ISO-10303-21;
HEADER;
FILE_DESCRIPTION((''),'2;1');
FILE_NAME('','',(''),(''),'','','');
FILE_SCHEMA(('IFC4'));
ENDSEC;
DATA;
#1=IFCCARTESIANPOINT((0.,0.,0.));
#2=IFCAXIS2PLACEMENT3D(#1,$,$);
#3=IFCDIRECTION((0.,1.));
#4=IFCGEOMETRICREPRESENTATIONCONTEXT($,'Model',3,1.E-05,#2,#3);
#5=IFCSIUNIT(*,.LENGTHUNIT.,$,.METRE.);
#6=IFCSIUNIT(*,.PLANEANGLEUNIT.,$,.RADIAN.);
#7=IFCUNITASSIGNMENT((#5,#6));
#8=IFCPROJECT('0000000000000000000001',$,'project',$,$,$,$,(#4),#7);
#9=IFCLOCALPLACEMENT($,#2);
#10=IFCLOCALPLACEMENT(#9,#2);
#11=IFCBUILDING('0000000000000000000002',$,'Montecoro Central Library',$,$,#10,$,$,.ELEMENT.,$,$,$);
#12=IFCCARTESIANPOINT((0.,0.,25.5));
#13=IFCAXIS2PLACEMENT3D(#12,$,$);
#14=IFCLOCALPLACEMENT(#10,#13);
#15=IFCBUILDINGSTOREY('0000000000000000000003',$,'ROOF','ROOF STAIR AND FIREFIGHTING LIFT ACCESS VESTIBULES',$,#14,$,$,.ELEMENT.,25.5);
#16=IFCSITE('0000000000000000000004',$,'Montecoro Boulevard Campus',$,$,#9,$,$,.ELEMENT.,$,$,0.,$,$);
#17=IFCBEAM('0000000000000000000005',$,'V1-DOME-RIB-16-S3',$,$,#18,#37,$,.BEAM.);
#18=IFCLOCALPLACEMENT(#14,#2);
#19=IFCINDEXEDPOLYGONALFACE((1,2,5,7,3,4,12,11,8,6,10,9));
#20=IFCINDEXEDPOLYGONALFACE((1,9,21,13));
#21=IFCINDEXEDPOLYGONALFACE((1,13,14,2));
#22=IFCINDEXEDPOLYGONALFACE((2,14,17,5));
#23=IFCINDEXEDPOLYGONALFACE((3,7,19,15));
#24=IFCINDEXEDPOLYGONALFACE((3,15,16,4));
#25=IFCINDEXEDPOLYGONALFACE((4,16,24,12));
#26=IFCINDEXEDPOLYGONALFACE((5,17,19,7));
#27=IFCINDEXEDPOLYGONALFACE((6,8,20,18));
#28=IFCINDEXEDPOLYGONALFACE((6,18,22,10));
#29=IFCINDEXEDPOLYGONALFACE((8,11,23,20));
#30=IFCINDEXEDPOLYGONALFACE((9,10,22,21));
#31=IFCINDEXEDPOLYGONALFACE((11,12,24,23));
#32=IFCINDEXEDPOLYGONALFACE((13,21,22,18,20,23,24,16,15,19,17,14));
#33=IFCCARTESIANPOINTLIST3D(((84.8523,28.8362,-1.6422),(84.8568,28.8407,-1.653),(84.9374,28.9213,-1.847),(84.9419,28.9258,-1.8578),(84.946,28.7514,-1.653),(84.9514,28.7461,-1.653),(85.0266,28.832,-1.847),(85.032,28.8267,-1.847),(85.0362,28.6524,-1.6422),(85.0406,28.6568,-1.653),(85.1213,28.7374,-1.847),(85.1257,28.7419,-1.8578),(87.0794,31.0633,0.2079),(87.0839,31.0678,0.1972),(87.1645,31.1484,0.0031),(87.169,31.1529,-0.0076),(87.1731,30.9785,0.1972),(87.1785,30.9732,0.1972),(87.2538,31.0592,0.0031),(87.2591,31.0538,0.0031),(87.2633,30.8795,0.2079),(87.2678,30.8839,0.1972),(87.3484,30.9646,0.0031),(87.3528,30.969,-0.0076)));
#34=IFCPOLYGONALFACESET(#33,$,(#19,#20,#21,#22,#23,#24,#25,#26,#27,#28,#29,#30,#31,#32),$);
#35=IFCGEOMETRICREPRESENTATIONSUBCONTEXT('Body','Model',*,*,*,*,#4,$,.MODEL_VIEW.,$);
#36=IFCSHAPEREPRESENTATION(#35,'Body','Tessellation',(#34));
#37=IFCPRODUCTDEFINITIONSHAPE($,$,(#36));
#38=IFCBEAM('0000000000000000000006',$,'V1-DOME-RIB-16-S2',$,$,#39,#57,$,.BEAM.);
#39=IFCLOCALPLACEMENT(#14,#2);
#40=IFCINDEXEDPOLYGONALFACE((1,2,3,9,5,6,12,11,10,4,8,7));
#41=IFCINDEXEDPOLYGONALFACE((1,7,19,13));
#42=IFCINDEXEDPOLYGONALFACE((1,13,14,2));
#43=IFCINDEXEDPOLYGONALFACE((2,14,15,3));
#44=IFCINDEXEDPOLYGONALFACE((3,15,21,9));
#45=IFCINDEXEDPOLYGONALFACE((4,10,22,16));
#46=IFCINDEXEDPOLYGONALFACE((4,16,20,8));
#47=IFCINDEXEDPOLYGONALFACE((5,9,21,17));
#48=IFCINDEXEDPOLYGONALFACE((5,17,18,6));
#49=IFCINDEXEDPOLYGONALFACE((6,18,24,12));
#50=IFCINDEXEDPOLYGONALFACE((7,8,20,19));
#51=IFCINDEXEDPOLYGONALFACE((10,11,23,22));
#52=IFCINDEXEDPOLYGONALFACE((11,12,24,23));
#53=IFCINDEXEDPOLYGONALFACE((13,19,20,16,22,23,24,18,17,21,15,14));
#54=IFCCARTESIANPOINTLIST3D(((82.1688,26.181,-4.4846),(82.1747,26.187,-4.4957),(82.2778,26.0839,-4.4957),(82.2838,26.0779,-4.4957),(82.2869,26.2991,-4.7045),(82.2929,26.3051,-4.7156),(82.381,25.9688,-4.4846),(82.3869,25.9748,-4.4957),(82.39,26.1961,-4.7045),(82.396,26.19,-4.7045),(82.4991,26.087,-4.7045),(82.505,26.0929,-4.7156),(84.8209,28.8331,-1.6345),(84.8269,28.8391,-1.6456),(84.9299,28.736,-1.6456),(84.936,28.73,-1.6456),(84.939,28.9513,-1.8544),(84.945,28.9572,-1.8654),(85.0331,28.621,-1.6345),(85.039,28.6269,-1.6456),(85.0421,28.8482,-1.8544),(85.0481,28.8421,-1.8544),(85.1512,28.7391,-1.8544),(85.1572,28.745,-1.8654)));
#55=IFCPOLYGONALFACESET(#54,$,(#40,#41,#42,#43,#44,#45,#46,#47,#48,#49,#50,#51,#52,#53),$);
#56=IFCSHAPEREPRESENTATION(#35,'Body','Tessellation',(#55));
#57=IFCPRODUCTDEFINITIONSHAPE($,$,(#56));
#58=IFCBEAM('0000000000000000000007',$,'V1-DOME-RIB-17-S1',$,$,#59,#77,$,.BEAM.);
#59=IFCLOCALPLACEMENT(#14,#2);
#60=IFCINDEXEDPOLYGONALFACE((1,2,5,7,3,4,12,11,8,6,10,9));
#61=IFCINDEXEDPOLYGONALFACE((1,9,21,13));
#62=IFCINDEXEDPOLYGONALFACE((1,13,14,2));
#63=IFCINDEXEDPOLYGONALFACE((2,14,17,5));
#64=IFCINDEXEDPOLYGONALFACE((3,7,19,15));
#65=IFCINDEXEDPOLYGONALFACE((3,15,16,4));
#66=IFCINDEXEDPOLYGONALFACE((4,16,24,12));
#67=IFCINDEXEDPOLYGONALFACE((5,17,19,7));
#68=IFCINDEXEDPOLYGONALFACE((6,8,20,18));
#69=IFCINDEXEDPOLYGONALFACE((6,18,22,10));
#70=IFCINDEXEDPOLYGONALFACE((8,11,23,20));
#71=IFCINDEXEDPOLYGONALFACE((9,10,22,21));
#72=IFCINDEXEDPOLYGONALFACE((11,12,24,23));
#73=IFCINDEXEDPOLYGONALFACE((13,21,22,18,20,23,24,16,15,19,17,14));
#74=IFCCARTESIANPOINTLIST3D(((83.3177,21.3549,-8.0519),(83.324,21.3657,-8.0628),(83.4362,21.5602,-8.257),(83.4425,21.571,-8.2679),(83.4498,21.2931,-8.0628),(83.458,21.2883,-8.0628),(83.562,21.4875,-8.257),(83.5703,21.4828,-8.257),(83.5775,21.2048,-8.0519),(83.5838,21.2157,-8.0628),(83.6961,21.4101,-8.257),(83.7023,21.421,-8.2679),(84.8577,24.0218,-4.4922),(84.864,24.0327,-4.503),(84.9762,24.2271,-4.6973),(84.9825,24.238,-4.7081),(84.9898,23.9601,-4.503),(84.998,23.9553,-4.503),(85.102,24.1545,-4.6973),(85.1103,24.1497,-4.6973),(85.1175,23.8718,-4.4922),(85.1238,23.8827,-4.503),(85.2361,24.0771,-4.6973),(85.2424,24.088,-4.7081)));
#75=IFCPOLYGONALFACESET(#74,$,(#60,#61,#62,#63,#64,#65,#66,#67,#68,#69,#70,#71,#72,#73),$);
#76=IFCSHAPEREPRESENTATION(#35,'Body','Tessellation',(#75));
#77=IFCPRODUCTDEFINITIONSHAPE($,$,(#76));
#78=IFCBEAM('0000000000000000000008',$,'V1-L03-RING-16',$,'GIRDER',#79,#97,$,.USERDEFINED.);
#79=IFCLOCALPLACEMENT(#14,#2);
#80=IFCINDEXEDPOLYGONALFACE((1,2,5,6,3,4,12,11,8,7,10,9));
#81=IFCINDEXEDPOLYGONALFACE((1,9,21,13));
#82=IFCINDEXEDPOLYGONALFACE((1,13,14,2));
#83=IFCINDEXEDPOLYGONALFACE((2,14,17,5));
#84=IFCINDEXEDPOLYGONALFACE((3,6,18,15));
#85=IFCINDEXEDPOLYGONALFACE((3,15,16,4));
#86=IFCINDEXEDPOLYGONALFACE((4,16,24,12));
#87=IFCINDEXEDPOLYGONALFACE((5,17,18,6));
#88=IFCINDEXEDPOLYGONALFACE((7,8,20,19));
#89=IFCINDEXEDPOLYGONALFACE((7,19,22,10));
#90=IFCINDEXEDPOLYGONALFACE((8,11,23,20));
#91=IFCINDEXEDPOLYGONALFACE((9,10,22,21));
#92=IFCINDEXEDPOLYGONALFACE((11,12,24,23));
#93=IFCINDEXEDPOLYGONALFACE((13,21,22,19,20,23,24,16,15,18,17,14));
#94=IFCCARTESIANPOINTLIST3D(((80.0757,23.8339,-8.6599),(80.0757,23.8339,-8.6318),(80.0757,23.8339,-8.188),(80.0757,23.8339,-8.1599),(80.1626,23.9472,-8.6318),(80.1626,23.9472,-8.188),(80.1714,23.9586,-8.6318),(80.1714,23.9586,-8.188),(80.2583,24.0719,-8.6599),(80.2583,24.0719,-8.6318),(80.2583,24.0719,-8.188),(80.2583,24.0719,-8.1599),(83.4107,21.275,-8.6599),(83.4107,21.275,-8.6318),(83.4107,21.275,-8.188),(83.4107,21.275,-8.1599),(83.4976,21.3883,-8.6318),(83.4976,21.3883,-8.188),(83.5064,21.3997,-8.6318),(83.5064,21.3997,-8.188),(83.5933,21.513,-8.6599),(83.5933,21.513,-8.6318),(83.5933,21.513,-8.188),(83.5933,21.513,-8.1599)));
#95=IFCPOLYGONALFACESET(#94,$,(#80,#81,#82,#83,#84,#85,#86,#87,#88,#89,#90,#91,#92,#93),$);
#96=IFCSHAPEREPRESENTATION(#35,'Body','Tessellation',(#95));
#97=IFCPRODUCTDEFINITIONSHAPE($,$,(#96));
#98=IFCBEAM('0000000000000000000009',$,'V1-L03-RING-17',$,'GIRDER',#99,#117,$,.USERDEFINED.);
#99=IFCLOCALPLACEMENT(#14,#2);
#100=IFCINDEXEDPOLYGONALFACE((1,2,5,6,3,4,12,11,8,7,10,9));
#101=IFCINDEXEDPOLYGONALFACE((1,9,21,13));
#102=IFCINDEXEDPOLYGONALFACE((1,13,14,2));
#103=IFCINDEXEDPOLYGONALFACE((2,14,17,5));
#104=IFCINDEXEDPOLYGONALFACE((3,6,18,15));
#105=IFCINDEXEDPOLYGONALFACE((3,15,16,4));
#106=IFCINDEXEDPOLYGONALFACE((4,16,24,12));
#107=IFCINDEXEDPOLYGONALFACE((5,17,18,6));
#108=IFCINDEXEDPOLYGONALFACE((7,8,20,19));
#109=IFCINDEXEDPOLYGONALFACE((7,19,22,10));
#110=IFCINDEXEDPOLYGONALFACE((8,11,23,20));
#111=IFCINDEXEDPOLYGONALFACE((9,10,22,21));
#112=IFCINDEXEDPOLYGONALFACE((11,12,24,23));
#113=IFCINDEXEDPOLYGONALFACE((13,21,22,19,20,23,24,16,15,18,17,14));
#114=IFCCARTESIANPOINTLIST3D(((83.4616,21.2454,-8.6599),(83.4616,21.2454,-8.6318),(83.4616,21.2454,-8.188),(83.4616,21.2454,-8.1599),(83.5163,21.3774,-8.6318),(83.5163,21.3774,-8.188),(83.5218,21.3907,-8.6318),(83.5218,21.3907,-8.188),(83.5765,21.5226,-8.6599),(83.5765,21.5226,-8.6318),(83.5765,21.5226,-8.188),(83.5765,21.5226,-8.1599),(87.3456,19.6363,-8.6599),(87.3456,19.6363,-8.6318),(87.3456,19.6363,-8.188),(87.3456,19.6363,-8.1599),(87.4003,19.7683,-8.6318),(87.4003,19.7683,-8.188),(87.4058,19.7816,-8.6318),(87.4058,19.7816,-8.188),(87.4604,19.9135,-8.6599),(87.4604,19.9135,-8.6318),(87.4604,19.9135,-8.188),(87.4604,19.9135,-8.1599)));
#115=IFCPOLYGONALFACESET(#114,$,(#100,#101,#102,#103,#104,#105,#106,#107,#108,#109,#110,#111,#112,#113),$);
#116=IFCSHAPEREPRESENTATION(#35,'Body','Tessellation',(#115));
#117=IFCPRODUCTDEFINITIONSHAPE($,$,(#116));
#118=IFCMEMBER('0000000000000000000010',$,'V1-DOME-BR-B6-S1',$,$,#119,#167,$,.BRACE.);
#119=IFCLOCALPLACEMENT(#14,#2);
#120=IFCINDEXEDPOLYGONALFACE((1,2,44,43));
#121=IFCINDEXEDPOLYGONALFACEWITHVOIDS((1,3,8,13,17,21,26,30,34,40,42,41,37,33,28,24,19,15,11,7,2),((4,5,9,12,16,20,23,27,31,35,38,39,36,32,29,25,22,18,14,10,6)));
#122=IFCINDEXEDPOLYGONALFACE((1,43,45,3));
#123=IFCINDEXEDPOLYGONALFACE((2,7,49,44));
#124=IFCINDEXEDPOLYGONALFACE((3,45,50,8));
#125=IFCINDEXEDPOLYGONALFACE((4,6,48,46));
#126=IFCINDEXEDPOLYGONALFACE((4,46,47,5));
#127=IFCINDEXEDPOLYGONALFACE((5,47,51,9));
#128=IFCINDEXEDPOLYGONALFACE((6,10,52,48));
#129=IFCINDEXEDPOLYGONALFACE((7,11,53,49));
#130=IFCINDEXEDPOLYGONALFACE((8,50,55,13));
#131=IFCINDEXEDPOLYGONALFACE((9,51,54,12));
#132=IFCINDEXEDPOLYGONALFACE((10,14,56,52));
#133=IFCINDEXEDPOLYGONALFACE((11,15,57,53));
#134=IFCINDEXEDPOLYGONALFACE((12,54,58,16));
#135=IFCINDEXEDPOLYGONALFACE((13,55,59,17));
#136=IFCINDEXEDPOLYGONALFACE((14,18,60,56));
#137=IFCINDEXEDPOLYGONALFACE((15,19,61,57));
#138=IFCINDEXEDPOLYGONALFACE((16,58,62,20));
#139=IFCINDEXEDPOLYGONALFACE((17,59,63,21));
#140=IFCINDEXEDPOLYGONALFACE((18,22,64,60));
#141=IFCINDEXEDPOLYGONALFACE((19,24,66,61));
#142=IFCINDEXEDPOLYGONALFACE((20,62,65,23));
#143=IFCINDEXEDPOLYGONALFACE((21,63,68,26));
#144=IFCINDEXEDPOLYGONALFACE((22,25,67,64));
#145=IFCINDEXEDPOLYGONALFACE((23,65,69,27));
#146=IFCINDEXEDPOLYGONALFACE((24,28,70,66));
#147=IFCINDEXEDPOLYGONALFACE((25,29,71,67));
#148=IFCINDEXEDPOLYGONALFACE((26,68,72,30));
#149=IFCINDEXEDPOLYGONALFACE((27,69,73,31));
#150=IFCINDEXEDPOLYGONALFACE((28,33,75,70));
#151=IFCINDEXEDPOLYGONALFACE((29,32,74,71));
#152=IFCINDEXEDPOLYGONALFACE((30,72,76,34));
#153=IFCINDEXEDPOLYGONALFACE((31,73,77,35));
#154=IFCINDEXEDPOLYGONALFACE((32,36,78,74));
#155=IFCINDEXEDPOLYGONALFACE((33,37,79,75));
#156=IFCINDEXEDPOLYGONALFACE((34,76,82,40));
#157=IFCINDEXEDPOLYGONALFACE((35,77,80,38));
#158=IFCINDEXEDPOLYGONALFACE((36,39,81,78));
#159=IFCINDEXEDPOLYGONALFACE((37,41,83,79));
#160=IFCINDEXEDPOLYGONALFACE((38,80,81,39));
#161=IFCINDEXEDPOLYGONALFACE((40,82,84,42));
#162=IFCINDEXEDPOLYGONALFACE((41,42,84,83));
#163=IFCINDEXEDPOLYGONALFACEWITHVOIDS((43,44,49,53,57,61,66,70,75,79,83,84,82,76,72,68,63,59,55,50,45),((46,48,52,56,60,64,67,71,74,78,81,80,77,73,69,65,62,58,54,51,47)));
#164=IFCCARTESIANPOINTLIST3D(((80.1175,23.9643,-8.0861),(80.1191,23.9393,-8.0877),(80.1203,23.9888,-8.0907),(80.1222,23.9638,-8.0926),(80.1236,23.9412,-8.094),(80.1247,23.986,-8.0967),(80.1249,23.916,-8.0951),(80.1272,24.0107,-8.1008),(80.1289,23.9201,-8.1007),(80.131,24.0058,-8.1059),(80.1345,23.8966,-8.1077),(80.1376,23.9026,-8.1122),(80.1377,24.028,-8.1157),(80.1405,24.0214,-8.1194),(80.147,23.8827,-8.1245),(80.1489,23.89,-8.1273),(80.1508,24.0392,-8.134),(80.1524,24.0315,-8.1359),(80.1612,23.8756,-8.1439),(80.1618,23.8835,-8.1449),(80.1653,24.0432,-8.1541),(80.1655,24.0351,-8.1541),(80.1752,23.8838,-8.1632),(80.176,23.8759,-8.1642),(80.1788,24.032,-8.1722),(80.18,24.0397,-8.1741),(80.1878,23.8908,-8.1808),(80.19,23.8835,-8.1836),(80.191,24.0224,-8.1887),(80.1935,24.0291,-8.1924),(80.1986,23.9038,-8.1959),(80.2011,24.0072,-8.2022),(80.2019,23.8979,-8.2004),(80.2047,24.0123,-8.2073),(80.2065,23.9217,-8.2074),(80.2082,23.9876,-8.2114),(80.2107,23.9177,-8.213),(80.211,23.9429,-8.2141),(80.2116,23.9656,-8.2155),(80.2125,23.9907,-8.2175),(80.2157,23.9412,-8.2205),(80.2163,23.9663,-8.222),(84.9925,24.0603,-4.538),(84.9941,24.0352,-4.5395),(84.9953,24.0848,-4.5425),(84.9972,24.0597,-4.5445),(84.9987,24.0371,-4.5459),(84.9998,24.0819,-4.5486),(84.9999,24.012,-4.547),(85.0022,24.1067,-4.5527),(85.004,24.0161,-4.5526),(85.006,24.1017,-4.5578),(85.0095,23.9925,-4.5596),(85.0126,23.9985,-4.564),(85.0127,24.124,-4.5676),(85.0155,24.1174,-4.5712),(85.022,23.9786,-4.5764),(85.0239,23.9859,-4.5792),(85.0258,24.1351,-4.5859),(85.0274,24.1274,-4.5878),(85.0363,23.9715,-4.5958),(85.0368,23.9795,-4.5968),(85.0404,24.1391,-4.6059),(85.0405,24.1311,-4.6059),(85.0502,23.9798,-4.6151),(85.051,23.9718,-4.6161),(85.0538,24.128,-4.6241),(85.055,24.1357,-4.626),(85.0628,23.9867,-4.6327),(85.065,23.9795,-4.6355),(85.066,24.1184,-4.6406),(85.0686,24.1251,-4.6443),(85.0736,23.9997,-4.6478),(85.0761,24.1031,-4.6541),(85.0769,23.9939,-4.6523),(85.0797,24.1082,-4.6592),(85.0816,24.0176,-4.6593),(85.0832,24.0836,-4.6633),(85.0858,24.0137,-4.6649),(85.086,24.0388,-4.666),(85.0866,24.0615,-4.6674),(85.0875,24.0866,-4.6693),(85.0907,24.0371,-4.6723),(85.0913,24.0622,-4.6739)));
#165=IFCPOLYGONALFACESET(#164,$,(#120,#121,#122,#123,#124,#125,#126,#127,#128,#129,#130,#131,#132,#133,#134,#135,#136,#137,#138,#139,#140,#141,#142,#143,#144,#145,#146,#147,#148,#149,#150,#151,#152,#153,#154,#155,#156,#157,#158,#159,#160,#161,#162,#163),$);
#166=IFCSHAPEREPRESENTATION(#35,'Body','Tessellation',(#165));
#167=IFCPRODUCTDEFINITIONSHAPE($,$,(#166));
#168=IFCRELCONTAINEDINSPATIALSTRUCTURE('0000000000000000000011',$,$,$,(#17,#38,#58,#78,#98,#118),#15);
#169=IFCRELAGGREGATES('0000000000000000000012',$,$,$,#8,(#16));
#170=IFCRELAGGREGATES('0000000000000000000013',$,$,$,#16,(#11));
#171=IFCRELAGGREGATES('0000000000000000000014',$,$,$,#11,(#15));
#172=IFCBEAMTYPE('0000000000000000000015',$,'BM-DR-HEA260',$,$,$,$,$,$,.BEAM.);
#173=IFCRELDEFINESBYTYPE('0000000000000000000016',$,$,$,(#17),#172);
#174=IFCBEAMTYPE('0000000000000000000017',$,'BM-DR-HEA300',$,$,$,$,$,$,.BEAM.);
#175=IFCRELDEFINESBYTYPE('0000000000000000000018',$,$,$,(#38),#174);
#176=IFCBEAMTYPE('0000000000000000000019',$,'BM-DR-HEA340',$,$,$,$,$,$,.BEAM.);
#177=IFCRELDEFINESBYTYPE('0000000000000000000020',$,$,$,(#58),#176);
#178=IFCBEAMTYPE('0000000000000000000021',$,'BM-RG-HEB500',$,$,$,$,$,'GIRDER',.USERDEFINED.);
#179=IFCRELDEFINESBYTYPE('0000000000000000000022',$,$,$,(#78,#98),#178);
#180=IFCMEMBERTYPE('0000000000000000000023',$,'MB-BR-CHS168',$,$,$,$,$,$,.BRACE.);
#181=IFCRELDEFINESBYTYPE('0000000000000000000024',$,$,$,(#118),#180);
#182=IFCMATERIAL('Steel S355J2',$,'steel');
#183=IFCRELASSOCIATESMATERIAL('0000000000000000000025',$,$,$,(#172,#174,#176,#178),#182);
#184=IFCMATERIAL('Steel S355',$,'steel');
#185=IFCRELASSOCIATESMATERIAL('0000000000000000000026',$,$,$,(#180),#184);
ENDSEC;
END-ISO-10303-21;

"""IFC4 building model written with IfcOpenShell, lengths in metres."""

from ifc_helpers import new_model, si_unit, direction, frame, origin, origin_2d, place, context, subcontext, project, spatial, hollow_circle, i_section, extrude, material, material_profile, profile_set, type_object, element, save


model = new_model("IFC4")

# Units and contexts
model_context = context("Model", 3, precision=1e-05, world=origin(), true_north=direction((0.0, 1.0)))
body_context = subcontext(model_context, "Body", "Model", "MODEL_VIEW")
ifc_project = project(units=[si_unit("LENGTHUNIT", "METRE"), si_unit("PLANEANGLEUNIT", "RADIAN")], contexts=[model_context])

# Site, building, storey
site_placement = place(None, origin())
site = spatial("IfcSite", under=ifc_project, at=site_placement, Name="Montecoro Boulevard Campus", CompositionType="ELEMENT", RefElevation=0.0)
building_placement = place(site_placement, origin())
building = spatial("IfcBuilding", under=site, at=building_placement, Name="Montecoro Central Library", CompositionType="ELEMENT")
storey_placement = place(building_placement, frame((0.0, 0.0, 25.5)))
storey = spatial("IfcBuildingStorey", under=building, at=storey_placement, Name="ROOF", Description="ROOF STAIR AND FIREFIGHTING LIFT ACCESS VESTIBULES", CompositionType="ELEMENT", Elevation=25.5)

# Beams
ifc_material_1 = material(Name="Steel S355J2", Category="steel")
ifc_material_profile_1 = material_profile(ifc_material_1, i_section(OverallWidth=0.26, OverallDepth=0.25, WebThickness=0.0076, FlangeThickness=0.0125, at=origin_2d()), Name="HEA 260")
ifc_profile_set_1 = profile_set([ifc_material_profile_1], Name="Steel S355J2")
beam_type_1 = type_object("IfcBeamType", Name="BM-DR-HEA260", PredefinedType="BEAM", material=ifc_profile_set_1)
beam_1_placement = place(storey_placement, frame((84.989, 28.7891, -1.75), z_axis=(0.609696, 0.609696, 0.506498), x_axis=(-0.707107, 0.707107, 0.0)))
element("IfcBeam", 1, at=beam_1_placement, inside=storey, type_object=beam_type_1, Name="V1-DOME-RIB-16-S3", PredefinedType="BEAM", context=body_context, shape_type="SweptSolid", body=[
    extrude(i_section(OverallWidth=0.26, OverallDepth=0.25, WebThickness=0.0076, FlangeThickness=0.0125, at=origin_2d()), origin(), (0.0, 0.0, 1.0), 3.6528),
])
ifc_material_profile_2 = material_profile(ifc_material_1, i_section(OverallWidth=0.3, OverallDepth=0.29, WebThickness=0.0085, FlangeThickness=0.0139, at=origin_2d()), Name="HEA 300")
ifc_profile_set_2 = profile_set([ifc_material_profile_2], Name="Steel S355J2")
beam_type_2 = type_object("IfcBeamType", Name="BM-DR-HEA300", PredefinedType="BEAM", material=ifc_profile_set_2)
beam_2_placement = place(storey_placement, frame((82.3369, 26.137, -4.6001), z_axis=(0.563, 0.563, 0.605031), x_axis=(-0.707107, 0.707107, 0.0)))
element("IfcBeam", 2, at=beam_2_placement, inside=storey, type_object=beam_type_2, Name="V1-DOME-RIB-16-S2", PredefinedType="BEAM", context=body_context, shape_type="SweptSolid", body=[
    extrude(i_section(OverallWidth=0.3, OverallDepth=0.29, WebThickness=0.0085, FlangeThickness=0.0139, at=origin_2d()), origin(), (0.0, 0.0, 1.0), 4.7107),
])
ifc_material_profile_3 = material_profile(ifc_material_1, i_section(OverallWidth=0.3, OverallDepth=0.3301, WebThickness=0.0095, FlangeThickness=0.0166, at=origin_2d()), Name="HEA 340")
ifc_profile_set_3 = profile_set([ifc_material_profile_3], Name="Steel S355J2")
beam_type_3 = type_object("IfcBeamType", Name="BM-DR-HEA340", PredefinedType="BEAM", material=ifc_profile_set_3)
beam_3_placement = place(storey_placement, frame((83.51, 21.3879, -8.1599), z_axis=(0.327173, 0.566589, 0.756264), x_axis=(-0.86599, 0.500061, 0.0)))
element("IfcBeam", 3, at=beam_3_placement, inside=storey, type_object=beam_type_3, Name="V1-DOME-RIB-17-S1", PredefinedType="BEAM", context=body_context, shape_type="SweptSolid", body=[
    extrude(i_section(OverallWidth=0.3, OverallDepth=0.3301, WebThickness=0.0095, FlangeThickness=0.0166, at=origin_2d()), origin(), (0.0, 0.0, 1.0), 4.707),
])
ifc_material_profile_4 = material_profile(ifc_material_1, i_section(OverallWidth=0.3, OverallDepth=0.5, WebThickness=0.0144, FlangeThickness=0.0281, at=origin_2d()), Name="HEB 500")
ifc_profile_set_4 = profile_set([ifc_material_profile_4], Name="Steel S355J2")
beam_type_4 = type_object("IfcBeamType", Name="BM-RG-HEB500", ElementType="GIRDER", PredefinedType="USERDEFINED", material=ifc_profile_set_4)
beam_4_placement = place(storey_placement, frame((80.167, 23.9529, -8.4099), z_axis=(0.793373, -0.608736, 0.0), x_axis=(0.608736, 0.793373, 0.0)))
element("IfcBeam", 4, at=beam_4_placement, inside=storey, type_object=beam_type_4, Name="V1-L03-RING-16", ObjectType="GIRDER", PredefinedType="USERDEFINED", context=body_context, shape_type="SweptSolid", body=[
    extrude(i_section(OverallWidth=0.3, OverallDepth=0.5, WebThickness=0.0144, FlangeThickness=0.0281, at=origin_2d()), origin(), (0.0, 0.0, 1.0), 4.2036),
])
beam_5_placement = place(storey_placement, frame((83.519, 21.384, -8.4099), z_axis=(0.923853, -0.382747, 0.0), x_axis=(0.382747, 0.923853, 0.0)))
element("IfcBeam", 5, at=beam_5_placement, inside=storey, type_object=beam_type_4, Name="V1-L03-RING-17", ObjectType="GIRDER", PredefinedType="USERDEFINED", context=body_context, shape_type="SweptSolid", body=[
    extrude(i_section(OverallWidth=0.3, OverallDepth=0.5, WebThickness=0.0144, FlangeThickness=0.0281, at=origin_2d()), origin(), (0.0, 0.0, 1.0), 4.2041),
])

# Member
ifc_material_2 = material(Name="Steel S355", Category="steel")
ifc_material_profile_5 = material_profile(ifc_material_2, hollow_circle(Radius=0.0842, WallThickness=0.0081, at=origin_2d()), Name="CHS 168.3x8.0")
ifc_profile_set_5 = profile_set([ifc_material_profile_5], Name="Steel S355")
member_type_1 = type_object("IfcMemberType", Name="MB-BR-CHS168", PredefinedType="BRACE", material=ifc_profile_set_5)
member_1_placement = place(storey_placement, frame((80.167, 23.959, -8.1541), z_axis=(0.808425, 0.015911, 0.588384), x_axis=(-0.019678, 0.999806, 0.0)))
element("IfcMember", 6, at=member_1_placement, inside=storey, type_object=member_type_1, Name="V1-DOME-BR-B6-S1", PredefinedType="BRACE", context=body_context, shape_type="SweptSolid", body=[
    extrude(hollow_circle(Radius=0.0842, WallThickness=0.0081, at=origin_2d()), origin(), (0.0, 0.0, 1.0), 6.0303),
])

save(model, "model.ifc")
